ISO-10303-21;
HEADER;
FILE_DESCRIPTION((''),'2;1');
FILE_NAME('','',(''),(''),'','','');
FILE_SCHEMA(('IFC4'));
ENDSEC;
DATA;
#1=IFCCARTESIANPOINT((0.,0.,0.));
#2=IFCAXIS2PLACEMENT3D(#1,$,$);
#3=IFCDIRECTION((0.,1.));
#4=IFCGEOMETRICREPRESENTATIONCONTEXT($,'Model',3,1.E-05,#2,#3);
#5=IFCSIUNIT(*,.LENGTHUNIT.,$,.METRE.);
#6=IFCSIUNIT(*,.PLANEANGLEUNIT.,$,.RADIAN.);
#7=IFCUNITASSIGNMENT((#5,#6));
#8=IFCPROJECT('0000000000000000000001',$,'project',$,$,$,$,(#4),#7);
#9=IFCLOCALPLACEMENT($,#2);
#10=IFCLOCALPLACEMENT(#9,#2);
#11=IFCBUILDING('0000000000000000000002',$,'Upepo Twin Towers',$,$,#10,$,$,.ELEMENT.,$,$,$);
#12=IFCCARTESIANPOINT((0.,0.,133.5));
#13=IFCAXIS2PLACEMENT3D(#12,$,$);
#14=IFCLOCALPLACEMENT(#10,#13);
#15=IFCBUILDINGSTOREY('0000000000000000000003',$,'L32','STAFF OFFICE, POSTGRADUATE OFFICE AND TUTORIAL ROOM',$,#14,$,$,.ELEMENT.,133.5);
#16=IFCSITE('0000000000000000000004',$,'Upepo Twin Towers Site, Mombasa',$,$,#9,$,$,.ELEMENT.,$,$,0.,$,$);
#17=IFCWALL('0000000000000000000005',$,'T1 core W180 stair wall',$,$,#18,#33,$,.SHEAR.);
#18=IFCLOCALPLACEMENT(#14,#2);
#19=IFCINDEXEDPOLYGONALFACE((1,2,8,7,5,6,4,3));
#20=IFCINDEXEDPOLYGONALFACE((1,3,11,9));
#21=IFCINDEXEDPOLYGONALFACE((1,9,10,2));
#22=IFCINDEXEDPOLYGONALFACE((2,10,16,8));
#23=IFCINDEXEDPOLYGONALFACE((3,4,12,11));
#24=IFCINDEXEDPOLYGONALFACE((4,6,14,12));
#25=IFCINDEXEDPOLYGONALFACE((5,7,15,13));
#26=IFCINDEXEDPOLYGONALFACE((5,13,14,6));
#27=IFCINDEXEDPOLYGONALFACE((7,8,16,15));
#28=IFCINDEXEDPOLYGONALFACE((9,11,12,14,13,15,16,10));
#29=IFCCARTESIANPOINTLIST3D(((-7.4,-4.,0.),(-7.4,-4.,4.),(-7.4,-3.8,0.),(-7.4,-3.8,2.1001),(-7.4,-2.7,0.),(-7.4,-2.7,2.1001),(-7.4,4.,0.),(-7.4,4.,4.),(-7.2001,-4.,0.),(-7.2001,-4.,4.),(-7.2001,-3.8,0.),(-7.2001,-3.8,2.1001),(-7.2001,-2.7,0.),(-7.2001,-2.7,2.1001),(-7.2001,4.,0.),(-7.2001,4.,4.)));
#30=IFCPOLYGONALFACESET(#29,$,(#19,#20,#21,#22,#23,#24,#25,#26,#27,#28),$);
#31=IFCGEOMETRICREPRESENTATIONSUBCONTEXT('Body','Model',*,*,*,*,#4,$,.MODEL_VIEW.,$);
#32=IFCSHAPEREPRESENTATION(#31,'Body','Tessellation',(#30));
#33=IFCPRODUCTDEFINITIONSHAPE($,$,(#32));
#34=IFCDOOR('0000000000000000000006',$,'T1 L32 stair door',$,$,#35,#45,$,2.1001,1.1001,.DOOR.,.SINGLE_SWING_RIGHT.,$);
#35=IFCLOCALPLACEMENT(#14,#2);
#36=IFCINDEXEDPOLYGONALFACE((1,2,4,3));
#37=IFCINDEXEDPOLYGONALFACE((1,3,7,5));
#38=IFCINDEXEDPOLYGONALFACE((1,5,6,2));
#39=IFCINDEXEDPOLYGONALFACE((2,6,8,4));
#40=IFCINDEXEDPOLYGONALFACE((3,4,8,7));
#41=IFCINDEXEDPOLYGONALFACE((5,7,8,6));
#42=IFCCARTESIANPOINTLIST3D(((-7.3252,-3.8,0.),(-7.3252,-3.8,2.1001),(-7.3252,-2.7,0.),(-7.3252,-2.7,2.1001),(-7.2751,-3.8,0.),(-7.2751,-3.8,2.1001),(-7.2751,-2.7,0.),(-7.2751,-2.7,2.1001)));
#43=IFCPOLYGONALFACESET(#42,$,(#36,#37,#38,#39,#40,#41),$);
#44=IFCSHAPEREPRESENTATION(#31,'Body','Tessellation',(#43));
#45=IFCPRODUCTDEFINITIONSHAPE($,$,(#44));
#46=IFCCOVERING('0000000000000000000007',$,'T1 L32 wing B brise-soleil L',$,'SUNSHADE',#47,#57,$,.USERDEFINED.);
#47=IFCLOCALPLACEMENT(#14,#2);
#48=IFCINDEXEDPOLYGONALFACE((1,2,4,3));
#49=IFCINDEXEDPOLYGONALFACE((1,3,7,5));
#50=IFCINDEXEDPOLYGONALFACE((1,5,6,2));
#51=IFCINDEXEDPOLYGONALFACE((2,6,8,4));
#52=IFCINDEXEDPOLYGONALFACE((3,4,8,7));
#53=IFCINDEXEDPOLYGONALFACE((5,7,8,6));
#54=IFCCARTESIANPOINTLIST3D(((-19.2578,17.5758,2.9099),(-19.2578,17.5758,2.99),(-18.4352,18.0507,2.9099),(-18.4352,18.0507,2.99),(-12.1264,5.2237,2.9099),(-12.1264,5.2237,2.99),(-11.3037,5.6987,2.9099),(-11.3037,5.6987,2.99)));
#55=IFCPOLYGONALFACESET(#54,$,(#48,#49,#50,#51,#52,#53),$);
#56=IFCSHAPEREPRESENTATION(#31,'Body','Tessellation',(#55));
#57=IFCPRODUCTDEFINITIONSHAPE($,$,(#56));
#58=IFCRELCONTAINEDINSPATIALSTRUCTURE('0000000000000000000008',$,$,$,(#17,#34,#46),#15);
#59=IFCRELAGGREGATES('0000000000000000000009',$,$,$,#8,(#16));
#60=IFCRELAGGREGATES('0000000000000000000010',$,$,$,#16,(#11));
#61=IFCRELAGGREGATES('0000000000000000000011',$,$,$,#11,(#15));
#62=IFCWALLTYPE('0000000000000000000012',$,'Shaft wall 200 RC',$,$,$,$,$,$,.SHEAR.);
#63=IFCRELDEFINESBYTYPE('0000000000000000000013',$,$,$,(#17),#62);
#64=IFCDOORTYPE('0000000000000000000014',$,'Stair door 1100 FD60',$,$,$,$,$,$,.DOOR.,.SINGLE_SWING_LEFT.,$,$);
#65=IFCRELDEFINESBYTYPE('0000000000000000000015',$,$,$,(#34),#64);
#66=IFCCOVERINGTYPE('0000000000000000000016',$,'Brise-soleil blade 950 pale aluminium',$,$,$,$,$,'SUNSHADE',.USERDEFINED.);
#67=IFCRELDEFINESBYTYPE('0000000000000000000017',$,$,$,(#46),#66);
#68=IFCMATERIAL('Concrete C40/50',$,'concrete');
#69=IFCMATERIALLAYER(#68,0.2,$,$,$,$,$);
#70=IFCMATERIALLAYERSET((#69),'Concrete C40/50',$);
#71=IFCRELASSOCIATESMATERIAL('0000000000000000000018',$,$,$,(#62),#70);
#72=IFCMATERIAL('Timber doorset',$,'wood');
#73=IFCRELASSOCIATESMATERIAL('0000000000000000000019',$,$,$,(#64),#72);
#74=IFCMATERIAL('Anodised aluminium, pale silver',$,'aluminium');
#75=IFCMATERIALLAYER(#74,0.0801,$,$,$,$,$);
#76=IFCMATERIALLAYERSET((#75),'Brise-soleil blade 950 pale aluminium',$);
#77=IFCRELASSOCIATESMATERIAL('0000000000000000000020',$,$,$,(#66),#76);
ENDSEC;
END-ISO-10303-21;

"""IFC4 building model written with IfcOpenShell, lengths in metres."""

from ifc_helpers import new_model, si_unit, direction, frame, frame_2d, origin, origin_2d, place, context, subcontext, project, spatial, rectangle, extrude, material, layer, layer_set, type_object, element, fill, save


model = new_model("IFC4")

# Units and contexts
model_context = context("Model", 3, precision=1e-05, world=origin(), true_north=direction((0.0, 1.0)))
body_context = subcontext(model_context, "Body", "Model", "MODEL_VIEW")
ifc_project = project(units=[si_unit("LENGTHUNIT", "METRE"), si_unit("PLANEANGLEUNIT", "RADIAN")], contexts=[model_context])

# Site, building, storey
site_placement = place(None, origin())
site = spatial("IfcSite", under=ifc_project, at=site_placement, Name="Upepo Twin Towers Site, Mombasa", CompositionType="ELEMENT", RefElevation=0.0)
building_placement = place(site_placement, origin())
building = spatial("IfcBuilding", under=site, at=building_placement, Name="Upepo Twin Towers", CompositionType="ELEMENT")
storey_placement = place(building_placement, frame((0.0, 0.0, 133.5)))
storey = spatial("IfcBuildingStorey", under=building, at=storey_placement, Name="L32", Description="STAFF OFFICE, POSTGRADUATE OFFICE AND TUTORIAL ROOM", CompositionType="ELEMENT", Elevation=133.5)

# Wall, opening, door
ifc_material_1 = material(Name="Concrete C40/50", Category="concrete")
ifc_layer_1 = layer(ifc_material_1, 0.2)
ifc_layer_set_1 = layer_set([ifc_layer_1], Name="Concrete C40/50")
wall_type_1 = type_object("IfcWallType", Name="Shaft wall 200 RC", PredefinedType="SHEAR", material=ifc_layer_set_1)
wall_1_placement = place(storey_placement, frame((-7.3, 4.0, 0.0), z_axis=(0.0, 0.0, 1.0), x_axis=(0.0, -1.0, 0.0)))
wall_1 = element("IfcWall", 1, at=wall_1_placement, inside=storey, type_object=wall_type_1, Name="T1 core W180 stair wall", PredefinedType="SHEAR", context=body_context, shape_type="SweptSolid", body=[
    extrude(rectangle(XDim=8.0, YDim=0.2, at=frame_2d((4.0, 0.0))), origin(), (0.0, 0.0, 1.0), 4.0),
])
opening_1_placement = place(wall_1_placement, frame((6.7, 0.0, 0.0)))
opening_1 = element("IfcOpeningElement", 2, at=opening_1_placement, cuts=wall_1, PredefinedType="OPENING", context=body_context, shape_type="SweptSolid", body=[
    extrude(rectangle(XDim=1.1001, YDim=2.1001, at=frame_2d((0.55, 1.05))), frame((0.0, 0.1099, 0.0), z_axis=(0.0, -1.0, 0.0), x_axis=(1.0, 0.0, 0.0)), (0.0, 0.0, 1.0), 0.22),
])
ifc_material_2 = material(Name="Timber doorset", Category="wood")
door_type_1 = type_object("IfcDoorType", Name="Stair door 1100 FD60", OperationType="SINGLE_SWING_LEFT", PredefinedType="DOOR", material=ifc_material_2)
door_1_placement = place(opening_1_placement, origin())
door_1 = element("IfcDoor", 3, at=door_1_placement, inside=storey, type_object=door_type_1, Name="T1 L32 stair door", OperationType="SINGLE_SWING_RIGHT", OverallHeight=2.1001, OverallWidth=1.1001, PredefinedType="DOOR", context=body_context, shape_type="SweptSolid", body=[
    extrude(rectangle(XDim=1.1001, YDim=2.1001, at=frame_2d((0.55, 1.05))), frame((0.0, 0.0249, 0.0), z_axis=(0.0, -1.0, 0.0), x_axis=(1.0, 0.0, 0.0)), (0.0, 0.0, 1.0), 0.05),
])
fill(opening_1, door_1)

# Covering
ifc_material_3 = material(Name="Anodised aluminium, pale silver", Category="aluminium")
ifc_layer_2 = layer(ifc_material_3, 0.0801)
ifc_layer_set_2 = layer_set([ifc_layer_2], Name="Brise-soleil blade 950 pale aluminium")
covering_type = type_object("IfcCoveringType", Name="Brise-soleil blade 950 pale aluminium", ElementType="SUNSHADE", PredefinedType="USERDEFINED", material=ifc_layer_set_2)
covering_placement = place(storey_placement, frame((-15.2808, 11.6372, 2.9099), z_axis=(0.0, 0.0, 1.0), x_axis=(-0.5, 0.866025, 0.0)))
element("IfcCovering", 4, at=covering_placement, inside=storey, type_object=covering_type, Name="T1 L32 wing B brise-soleil L", ObjectType="SUNSHADE", PredefinedType="USERDEFINED", context=body_context, shape_type="SweptSolid", body=[
    extrude(rectangle(XDim=14.2629, YDim=0.95, at=origin_2d()), origin(), (0.0, 0.0, 1.0), 0.0801),
])

save(model, "model.ifc")
